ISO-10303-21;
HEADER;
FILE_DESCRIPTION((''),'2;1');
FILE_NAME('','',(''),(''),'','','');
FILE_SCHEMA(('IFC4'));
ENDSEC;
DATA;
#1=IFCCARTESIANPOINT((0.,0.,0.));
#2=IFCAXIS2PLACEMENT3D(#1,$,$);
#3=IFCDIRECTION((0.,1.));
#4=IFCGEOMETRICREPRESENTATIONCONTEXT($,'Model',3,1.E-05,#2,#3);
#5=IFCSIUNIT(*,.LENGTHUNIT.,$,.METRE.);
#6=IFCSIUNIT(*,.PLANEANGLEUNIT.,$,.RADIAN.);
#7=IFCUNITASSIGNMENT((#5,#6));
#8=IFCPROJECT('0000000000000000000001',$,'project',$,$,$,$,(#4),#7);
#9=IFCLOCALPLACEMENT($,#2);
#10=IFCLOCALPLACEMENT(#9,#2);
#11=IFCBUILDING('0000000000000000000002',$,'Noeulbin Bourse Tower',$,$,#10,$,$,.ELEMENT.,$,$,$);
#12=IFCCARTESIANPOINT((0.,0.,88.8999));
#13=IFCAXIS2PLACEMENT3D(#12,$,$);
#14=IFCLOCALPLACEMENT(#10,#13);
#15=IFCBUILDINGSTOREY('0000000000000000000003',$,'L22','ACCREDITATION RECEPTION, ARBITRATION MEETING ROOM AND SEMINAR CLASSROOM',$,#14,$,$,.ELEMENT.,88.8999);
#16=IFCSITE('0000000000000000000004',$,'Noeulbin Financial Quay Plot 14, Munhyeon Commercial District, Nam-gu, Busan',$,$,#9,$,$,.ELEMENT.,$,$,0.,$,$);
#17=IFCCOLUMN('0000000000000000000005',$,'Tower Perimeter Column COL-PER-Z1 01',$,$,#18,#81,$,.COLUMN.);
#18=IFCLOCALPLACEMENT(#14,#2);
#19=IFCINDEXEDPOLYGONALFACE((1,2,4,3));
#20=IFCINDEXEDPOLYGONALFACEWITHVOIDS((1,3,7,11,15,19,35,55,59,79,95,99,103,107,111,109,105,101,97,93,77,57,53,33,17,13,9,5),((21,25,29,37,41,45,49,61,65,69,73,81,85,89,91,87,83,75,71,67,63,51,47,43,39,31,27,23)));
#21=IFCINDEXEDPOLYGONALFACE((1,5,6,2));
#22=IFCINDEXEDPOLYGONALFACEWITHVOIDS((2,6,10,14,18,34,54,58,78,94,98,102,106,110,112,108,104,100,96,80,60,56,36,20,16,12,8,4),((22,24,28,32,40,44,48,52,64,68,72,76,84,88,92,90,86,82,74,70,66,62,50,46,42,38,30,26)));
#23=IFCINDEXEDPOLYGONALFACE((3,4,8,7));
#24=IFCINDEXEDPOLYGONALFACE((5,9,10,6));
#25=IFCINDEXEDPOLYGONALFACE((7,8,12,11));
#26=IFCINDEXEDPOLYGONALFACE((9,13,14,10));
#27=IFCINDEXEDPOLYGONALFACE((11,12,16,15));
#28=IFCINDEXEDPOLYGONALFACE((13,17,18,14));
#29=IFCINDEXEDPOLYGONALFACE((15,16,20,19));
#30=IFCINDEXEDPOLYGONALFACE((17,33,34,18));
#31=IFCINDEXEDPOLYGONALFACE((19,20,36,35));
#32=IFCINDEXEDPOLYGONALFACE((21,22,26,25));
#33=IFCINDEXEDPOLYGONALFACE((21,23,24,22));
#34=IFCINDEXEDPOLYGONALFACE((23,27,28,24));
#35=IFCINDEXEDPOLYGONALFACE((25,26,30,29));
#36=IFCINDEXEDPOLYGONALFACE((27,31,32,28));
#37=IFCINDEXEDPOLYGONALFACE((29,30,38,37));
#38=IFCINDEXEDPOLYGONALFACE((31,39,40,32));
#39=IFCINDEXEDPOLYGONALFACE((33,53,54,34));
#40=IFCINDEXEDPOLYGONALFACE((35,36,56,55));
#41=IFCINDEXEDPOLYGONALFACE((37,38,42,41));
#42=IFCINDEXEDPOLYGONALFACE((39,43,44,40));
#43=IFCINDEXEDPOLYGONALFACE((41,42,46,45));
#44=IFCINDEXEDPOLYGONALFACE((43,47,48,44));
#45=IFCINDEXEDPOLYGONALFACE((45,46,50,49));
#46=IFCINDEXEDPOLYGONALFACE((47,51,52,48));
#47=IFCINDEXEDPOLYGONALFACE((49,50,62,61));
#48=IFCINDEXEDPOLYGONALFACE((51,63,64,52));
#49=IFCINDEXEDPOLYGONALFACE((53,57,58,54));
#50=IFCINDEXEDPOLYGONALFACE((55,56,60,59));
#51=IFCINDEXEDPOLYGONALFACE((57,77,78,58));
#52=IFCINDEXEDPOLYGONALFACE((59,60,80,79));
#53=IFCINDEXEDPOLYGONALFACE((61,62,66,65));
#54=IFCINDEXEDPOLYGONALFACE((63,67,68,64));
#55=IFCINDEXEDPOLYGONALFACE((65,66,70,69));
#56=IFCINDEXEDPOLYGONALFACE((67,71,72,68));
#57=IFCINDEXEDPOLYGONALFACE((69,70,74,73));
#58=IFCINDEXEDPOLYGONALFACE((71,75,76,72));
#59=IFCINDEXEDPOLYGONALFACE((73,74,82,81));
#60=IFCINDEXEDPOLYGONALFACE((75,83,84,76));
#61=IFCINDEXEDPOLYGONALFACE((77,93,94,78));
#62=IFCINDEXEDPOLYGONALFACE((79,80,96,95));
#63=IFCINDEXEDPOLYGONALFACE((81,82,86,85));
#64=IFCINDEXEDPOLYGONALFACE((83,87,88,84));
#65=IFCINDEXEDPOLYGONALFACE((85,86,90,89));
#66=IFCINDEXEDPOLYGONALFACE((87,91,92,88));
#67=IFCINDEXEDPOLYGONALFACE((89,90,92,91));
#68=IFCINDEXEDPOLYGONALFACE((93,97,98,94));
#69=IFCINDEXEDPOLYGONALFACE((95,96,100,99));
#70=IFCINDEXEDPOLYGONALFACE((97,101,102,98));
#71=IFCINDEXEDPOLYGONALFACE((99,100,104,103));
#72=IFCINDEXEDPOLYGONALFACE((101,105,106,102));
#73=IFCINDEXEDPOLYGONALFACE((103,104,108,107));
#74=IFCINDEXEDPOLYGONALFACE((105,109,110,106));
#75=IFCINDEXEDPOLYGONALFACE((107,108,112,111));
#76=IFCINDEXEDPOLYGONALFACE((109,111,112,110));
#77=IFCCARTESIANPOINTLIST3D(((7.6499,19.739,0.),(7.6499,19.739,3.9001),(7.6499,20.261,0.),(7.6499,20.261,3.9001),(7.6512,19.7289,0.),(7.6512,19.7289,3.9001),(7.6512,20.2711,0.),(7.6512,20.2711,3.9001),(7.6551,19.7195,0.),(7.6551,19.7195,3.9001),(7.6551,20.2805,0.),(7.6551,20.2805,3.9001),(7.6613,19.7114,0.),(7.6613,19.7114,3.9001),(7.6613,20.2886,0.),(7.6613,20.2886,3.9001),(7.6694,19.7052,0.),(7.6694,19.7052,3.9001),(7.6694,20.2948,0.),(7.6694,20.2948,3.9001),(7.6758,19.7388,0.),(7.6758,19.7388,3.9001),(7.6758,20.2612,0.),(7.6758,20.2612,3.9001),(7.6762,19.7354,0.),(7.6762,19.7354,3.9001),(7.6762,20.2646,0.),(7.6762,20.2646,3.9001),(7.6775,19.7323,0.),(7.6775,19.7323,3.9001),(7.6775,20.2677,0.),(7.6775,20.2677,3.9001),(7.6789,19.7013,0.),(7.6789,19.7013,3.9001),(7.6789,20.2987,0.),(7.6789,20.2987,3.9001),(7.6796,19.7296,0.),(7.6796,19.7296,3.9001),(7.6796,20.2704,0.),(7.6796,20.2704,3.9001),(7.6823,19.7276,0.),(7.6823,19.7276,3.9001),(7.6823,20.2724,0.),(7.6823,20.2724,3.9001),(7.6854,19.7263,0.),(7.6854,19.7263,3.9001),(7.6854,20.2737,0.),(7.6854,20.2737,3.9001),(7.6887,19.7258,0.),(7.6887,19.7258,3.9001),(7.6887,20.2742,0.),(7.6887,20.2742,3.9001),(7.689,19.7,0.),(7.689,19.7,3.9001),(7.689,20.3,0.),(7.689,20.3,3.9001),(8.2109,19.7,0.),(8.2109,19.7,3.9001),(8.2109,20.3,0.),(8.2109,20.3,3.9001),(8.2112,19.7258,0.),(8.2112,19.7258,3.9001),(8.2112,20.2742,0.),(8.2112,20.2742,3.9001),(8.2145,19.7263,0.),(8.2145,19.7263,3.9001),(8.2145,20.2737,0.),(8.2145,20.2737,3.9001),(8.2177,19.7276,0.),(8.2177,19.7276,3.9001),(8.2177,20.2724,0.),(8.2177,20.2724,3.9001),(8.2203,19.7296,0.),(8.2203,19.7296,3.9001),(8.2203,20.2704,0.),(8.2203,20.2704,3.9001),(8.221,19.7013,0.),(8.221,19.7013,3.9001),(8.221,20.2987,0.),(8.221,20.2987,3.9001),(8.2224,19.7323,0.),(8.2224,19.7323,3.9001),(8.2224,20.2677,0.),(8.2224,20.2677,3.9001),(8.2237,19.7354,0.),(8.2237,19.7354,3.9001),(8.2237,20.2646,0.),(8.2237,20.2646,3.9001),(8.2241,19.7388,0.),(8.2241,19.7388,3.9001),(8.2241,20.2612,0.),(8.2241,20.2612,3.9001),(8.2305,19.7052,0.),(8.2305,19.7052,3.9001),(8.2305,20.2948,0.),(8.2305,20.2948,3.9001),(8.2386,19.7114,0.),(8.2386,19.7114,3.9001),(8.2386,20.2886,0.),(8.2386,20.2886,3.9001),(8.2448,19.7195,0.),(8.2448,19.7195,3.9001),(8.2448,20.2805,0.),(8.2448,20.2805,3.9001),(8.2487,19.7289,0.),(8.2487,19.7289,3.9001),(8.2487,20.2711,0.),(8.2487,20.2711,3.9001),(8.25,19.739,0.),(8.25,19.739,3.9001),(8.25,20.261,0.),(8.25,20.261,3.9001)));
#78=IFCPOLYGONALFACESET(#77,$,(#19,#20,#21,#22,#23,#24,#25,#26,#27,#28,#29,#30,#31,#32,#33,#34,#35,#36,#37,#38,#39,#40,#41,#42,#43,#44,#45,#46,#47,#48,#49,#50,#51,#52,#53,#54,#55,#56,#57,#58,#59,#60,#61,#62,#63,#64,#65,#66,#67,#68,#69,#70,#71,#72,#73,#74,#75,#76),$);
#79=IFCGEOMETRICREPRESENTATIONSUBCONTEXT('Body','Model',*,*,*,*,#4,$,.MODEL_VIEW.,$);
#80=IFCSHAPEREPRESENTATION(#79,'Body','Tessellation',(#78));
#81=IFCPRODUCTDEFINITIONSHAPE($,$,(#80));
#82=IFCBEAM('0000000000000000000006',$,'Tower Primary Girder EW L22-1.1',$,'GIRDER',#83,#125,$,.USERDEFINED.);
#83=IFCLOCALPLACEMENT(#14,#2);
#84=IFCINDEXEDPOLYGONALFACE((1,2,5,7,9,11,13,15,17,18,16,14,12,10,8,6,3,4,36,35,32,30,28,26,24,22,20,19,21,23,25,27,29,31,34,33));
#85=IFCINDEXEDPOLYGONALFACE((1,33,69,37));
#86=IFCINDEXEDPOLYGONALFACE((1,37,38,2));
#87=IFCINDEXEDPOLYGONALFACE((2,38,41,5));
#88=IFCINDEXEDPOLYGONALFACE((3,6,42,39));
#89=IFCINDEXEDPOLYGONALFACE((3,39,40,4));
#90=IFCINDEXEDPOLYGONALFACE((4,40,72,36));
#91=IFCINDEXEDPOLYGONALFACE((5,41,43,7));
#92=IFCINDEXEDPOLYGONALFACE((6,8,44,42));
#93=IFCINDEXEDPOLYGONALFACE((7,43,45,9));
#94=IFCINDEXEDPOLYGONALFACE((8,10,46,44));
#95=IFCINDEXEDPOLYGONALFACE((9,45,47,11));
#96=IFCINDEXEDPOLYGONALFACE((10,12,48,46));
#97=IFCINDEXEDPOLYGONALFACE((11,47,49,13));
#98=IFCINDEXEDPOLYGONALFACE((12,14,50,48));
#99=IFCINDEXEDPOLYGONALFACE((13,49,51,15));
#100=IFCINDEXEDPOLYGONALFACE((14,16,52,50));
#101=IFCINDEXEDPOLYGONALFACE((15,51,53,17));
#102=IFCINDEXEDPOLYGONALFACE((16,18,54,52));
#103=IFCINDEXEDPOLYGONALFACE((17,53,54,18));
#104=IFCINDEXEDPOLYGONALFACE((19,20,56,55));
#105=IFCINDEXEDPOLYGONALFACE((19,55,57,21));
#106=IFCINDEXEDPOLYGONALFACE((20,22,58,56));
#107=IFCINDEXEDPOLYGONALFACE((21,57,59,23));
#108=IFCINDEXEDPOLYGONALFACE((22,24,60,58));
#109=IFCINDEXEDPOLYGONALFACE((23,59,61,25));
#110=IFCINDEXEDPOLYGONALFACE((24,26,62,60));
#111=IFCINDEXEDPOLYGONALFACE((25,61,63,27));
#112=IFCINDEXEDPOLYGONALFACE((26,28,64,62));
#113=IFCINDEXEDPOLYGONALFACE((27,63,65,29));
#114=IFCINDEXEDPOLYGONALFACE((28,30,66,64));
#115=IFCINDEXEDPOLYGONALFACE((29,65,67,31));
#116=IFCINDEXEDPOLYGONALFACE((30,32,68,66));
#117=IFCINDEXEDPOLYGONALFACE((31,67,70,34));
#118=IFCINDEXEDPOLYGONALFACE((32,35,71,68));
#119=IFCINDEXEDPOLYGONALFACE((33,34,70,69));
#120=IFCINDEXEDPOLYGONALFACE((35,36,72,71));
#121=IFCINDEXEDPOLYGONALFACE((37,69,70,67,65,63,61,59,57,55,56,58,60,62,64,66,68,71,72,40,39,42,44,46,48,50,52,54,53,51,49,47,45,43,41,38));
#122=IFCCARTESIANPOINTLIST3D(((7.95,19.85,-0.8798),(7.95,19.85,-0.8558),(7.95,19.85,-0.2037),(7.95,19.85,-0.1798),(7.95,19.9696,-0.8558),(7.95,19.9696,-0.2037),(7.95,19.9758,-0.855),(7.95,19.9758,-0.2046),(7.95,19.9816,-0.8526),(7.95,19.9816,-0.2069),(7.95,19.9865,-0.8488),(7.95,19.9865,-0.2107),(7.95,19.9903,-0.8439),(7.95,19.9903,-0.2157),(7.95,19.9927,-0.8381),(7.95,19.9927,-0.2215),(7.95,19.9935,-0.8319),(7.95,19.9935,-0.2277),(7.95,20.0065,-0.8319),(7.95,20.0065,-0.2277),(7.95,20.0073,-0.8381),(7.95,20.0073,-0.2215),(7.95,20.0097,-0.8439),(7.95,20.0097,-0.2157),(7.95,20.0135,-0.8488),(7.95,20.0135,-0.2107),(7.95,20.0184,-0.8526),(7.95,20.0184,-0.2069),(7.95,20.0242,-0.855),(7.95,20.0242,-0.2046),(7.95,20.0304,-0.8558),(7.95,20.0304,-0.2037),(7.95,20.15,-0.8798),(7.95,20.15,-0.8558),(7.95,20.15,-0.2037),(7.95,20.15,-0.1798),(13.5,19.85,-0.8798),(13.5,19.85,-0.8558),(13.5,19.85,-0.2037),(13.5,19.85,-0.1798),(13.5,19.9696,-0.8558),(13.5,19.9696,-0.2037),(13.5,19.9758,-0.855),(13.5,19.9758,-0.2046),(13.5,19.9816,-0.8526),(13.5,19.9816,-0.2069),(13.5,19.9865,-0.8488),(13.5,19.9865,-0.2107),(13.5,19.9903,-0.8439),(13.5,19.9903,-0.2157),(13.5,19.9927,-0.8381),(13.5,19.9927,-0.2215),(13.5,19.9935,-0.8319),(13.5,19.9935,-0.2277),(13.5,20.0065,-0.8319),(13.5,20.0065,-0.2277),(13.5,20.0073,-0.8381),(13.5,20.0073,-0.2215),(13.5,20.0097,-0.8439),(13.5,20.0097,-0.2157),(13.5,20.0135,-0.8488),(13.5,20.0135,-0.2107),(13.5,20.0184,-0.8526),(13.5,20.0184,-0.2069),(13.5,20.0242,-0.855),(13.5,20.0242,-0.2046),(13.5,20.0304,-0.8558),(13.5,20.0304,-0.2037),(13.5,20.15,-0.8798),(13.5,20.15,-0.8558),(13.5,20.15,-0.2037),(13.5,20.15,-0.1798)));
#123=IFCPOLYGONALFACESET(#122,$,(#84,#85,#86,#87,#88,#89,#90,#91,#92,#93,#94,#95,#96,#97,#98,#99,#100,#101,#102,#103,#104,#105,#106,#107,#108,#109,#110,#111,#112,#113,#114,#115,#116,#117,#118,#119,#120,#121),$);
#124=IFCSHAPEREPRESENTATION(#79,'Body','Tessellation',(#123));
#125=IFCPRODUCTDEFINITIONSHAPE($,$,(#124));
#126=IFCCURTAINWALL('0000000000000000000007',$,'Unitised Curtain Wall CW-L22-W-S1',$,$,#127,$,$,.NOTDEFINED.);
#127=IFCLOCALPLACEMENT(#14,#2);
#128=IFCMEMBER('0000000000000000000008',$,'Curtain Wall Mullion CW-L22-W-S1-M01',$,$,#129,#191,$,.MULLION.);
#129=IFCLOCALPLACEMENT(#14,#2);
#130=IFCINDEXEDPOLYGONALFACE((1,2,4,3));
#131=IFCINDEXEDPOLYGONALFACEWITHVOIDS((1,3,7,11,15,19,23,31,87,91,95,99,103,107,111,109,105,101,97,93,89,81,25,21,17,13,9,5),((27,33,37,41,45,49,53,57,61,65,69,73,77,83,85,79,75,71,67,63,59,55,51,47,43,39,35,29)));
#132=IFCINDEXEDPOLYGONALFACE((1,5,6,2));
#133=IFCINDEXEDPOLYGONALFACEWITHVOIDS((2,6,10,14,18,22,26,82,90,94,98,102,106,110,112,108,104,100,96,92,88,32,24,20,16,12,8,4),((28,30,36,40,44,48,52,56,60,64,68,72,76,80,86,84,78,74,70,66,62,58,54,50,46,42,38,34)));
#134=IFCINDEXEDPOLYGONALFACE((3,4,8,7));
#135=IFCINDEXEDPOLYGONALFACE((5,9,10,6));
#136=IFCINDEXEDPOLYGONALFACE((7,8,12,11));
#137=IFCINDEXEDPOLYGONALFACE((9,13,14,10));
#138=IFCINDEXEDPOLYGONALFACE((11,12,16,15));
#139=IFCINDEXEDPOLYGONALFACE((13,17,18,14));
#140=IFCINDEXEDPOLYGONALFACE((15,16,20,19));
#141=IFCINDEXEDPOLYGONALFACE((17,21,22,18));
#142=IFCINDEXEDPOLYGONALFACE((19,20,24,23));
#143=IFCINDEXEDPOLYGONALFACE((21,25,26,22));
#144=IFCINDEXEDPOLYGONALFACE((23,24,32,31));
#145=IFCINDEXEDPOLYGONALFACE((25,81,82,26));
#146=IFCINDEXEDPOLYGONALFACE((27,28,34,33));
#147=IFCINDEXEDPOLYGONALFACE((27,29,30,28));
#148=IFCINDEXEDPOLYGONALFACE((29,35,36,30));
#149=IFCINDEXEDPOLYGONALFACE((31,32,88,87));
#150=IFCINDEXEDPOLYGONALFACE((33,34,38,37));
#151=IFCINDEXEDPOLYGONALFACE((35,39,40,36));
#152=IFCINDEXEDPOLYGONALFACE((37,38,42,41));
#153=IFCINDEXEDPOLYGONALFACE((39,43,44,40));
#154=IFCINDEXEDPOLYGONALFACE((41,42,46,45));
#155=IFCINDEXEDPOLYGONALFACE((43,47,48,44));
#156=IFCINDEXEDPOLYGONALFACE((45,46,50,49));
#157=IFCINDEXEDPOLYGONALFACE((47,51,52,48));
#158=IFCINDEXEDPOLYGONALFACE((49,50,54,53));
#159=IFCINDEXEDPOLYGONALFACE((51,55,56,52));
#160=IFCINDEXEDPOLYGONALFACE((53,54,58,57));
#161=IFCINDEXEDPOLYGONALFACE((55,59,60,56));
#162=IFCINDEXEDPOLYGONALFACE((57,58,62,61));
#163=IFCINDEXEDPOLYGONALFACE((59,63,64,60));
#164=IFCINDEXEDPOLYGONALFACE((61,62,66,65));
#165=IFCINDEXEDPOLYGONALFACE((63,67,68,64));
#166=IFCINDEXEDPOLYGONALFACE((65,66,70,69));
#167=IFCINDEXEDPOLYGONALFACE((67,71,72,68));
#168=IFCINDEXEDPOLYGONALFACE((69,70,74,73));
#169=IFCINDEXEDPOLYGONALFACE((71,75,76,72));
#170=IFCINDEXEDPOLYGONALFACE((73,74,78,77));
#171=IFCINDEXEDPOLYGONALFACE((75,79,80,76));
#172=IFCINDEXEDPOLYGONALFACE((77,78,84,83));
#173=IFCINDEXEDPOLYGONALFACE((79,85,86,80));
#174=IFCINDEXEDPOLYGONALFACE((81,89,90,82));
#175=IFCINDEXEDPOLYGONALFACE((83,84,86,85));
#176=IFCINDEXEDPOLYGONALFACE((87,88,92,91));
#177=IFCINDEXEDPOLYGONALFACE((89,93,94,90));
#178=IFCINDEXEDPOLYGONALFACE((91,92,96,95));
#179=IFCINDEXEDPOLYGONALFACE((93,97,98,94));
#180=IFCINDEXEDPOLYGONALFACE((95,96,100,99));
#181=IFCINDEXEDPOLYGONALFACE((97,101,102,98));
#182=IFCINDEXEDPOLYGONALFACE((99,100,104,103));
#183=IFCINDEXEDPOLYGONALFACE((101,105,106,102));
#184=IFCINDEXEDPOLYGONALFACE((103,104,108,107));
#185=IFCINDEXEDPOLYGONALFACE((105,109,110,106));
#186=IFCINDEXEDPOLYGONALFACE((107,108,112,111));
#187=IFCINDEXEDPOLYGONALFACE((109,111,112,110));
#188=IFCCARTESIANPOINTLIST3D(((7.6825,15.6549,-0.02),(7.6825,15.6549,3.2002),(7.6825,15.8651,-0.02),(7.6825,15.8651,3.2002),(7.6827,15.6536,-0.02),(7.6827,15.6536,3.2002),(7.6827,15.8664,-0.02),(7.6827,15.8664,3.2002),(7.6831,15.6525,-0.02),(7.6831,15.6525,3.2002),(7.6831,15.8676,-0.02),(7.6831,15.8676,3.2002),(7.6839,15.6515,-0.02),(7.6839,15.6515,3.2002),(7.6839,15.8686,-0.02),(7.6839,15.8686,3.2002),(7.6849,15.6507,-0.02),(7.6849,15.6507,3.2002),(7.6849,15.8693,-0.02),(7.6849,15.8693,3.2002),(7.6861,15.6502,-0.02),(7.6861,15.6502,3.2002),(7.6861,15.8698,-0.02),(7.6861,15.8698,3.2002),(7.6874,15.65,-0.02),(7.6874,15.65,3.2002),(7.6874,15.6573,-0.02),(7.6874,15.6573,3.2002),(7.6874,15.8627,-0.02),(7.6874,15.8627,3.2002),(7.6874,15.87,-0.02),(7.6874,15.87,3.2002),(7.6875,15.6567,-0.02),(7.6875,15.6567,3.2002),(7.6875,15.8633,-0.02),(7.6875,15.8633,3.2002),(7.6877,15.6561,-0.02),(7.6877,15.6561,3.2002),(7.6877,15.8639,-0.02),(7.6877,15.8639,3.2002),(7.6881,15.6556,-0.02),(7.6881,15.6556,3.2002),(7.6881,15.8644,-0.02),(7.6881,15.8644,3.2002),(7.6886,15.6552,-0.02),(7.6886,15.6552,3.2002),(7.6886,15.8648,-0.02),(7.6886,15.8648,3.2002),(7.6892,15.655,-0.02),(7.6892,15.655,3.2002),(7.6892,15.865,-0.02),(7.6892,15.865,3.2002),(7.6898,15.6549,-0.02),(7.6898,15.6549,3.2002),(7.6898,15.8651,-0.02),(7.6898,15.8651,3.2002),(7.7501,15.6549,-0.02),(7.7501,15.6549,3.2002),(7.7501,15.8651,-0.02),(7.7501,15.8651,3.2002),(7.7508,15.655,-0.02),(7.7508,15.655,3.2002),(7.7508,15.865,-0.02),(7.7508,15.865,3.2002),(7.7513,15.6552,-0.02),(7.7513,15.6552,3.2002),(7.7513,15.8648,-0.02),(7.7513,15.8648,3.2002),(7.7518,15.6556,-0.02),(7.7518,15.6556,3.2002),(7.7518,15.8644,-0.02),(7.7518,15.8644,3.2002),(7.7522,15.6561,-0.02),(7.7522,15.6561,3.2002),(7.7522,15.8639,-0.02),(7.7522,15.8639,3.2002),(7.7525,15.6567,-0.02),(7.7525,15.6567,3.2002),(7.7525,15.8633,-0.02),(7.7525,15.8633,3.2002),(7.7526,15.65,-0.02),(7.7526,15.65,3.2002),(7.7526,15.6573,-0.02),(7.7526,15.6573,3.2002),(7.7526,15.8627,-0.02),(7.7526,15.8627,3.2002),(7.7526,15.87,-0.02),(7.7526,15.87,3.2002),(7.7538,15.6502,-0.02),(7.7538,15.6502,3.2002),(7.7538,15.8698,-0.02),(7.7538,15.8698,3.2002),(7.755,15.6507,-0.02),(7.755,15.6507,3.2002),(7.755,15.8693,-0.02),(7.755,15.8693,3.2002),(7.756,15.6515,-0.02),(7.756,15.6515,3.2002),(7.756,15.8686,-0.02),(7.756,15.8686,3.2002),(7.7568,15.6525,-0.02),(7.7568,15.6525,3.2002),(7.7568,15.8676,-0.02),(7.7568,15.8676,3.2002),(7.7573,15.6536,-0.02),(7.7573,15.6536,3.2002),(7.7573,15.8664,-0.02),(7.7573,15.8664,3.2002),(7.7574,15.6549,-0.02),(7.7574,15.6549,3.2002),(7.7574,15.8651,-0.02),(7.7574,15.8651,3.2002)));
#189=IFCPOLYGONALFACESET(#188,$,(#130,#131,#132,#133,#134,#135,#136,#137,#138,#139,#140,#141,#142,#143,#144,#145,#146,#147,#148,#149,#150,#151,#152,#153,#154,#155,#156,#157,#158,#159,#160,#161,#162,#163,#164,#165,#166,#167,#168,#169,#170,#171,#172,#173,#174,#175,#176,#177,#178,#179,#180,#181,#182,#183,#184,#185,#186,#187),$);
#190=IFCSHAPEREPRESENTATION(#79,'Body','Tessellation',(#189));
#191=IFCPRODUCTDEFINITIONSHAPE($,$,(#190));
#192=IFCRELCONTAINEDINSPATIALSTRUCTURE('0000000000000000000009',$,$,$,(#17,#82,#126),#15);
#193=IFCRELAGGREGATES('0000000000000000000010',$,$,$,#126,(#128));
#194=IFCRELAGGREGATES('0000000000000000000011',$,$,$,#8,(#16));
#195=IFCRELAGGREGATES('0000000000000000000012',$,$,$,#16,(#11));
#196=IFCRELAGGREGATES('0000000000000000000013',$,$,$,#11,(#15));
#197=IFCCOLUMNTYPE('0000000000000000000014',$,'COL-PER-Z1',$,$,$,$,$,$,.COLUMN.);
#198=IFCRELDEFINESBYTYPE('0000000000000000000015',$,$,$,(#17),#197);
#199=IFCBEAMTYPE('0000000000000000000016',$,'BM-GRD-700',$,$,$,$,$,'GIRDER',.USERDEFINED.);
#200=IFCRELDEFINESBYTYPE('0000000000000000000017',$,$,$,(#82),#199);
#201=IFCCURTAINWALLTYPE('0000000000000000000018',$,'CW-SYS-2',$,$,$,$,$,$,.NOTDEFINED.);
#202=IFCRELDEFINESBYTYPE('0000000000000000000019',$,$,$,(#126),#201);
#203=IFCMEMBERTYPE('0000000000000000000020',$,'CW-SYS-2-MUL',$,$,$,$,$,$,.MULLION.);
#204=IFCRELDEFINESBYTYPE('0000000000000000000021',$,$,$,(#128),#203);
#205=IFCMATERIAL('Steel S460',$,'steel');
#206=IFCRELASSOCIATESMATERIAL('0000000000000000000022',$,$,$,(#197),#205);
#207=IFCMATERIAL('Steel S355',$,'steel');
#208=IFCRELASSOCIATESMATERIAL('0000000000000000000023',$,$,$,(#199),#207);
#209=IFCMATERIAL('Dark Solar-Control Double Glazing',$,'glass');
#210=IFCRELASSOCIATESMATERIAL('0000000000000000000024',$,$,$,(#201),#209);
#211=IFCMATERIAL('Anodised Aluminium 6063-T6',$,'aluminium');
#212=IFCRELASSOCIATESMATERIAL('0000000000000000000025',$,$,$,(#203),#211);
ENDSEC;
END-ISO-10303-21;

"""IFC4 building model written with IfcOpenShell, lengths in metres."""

from ifc_helpers import new_model, si_unit, direction, frame, origin, origin_2d, place, context, subcontext, project, spatial, hollow_rectangle, i_section, extrude, material, material_profile, profile_set, type_object, element, aggregate, save


model = new_model("IFC4")

# Units and contexts
model_context = context("Model", 3, precision=1e-05, world=origin(), true_north=direction((0.0, 1.0)))
body_context = subcontext(model_context, "Body", "Model", "MODEL_VIEW")
ifc_project = project(units=[si_unit("LENGTHUNIT", "METRE"), si_unit("PLANEANGLEUNIT", "RADIAN")], contexts=[model_context])

# Site, building, storey
site_placement = place(None, origin())
site = spatial("IfcSite", under=ifc_project, at=site_placement, Name="Noeulbin Financial Quay Plot 14, Munhyeon Commercial District, Nam-gu, Busan", CompositionType="ELEMENT", RefElevation=0.0)
building_placement = place(site_placement, origin())
building = spatial("IfcBuilding", under=site, at=building_placement, Name="Noeulbin Bourse Tower", CompositionType="ELEMENT")
storey_placement = place(building_placement, frame((0.0, 0.0, 88.8999)))
storey = spatial("IfcBuildingStorey", under=building, at=storey_placement, Name="L22", Description="ACCREDITATION RECEPTION, ARBITRATION MEETING ROOM AND SEMINAR CLASSROOM", CompositionType="ELEMENT", Elevation=88.8999)

# Column
ifc_material_1 = material(Name="Steel S460", Category="steel")
ifc_material_profile_1 = material_profile(ifc_material_1, hollow_rectangle(XDim=0.6001, YDim=0.6001, WallThickness=0.0259, InnerFilletRadius=0.0129, OuterFilletRadius=0.0391, at=origin_2d()), Name="BOX-600x600x26", Category="LoadBearing")
ifc_profile_set_1 = profile_set([ifc_material_profile_1], Name="Steel S460")
column_type = type_object("IfcColumnType", Name="COL-PER-Z1", PredefinedType="COLUMN", material=ifc_profile_set_1)
column_placement = place(storey_placement, frame((7.95, 20.0, 0.0), z_axis=(0.0, 0.0, 1.0), x_axis=(1.0, 0.0, 0.0)))
element("IfcColumn", 1, at=column_placement, inside=storey, type_object=column_type, Name="Tower Perimeter Column COL-PER-Z1 01", PredefinedType="COLUMN", context=body_context, shape_type="SweptSolid", body=[
    extrude(hollow_rectangle(XDim=0.6001, YDim=0.6001, WallThickness=0.0259, InnerFilletRadius=0.0129, OuterFilletRadius=0.0391, at=origin_2d()), origin(), (0.0, 0.0, 1.0), 3.9001),
])

# Beam
ifc_material_2 = material(Name="Steel S355", Category="steel")
ifc_material_profile_2 = material_profile(ifc_material_2, i_section(OverallWidth=0.3, OverallDepth=0.7, WebThickness=0.0129, FlangeThickness=0.0239, FilletRadius=0.0239, at=origin_2d()), Name="H-700x300x13x24", Category="LoadBearing")
ifc_profile_set_2 = profile_set([ifc_material_profile_2], Name="Steel S355")
beam_type = type_object("IfcBeamType", Name="BM-GRD-700", ElementType="GIRDER", PredefinedType="USERDEFINED", material=ifc_profile_set_2)
beam_placement = place(storey_placement, frame((7.95, 20.0, -0.5298), z_axis=(1.0, 0.0, 0.0), x_axis=(0.0, 1.0, 0.0)))
element("IfcBeam", 2, at=beam_placement, inside=storey, type_object=beam_type, Name="Tower Primary Girder EW L22-1.1", ObjectType="GIRDER", PredefinedType="USERDEFINED", context=body_context, shape_type="SweptSolid", body=[
    extrude(i_section(OverallWidth=0.3, OverallDepth=0.7, WebThickness=0.0129, FlangeThickness=0.0239, FilletRadius=0.0239, at=origin_2d()), origin(), (0.0, 0.0, 1.0), 5.55),
])

# Curtain wall, member
ifc_material_3 = material(Name="Dark Solar-Control Double Glazing", Category="glass")
curtain_wall_type = type_object("IfcCurtainWallType", Name="CW-SYS-2", PredefinedType="NOTDEFINED", material=ifc_material_3)
curtain_wall_placement = place(storey_placement, origin())
curtain_wall = element("IfcCurtainWall", 3, at=curtain_wall_placement, inside=storey, type_object=curtain_wall_type, Name="Unitised Curtain Wall CW-L22-W-S1", PredefinedType="NOTDEFINED")
ifc_material_4 = material(Name="Anodised Aluminium 6063-T6", Category="aluminium")
ifc_material_profile_3 = material_profile(ifc_material_4, hollow_rectangle(XDim=0.075, YDim=0.22, WallThickness=0.0049, InnerFilletRadius=0.0024, OuterFilletRadius=0.0049, at=origin_2d()), Name="ALU-MULL-75x220x5", Category="LoadBearing")
ifc_profile_set_3 = profile_set([ifc_material_profile_3], Name="Anodised Aluminium 6063-T6")
member_type_1 = type_object("IfcMemberType", Name="CW-SYS-2-MUL", PredefinedType="MULLION", material=ifc_profile_set_3)
member_1_placement = place(storey_placement, frame((7.72, 15.76, -0.02), z_axis=(0.0, 0.0, 1.0), x_axis=(1.0, 0.0, 0.0)))
member_1 = element("IfcMember", 4, at=member_1_placement, type_object=member_type_1, Name="Curtain Wall Mullion CW-L22-W-S1-M01", PredefinedType="MULLION", context=body_context, shape_type="SweptSolid", body=[
    extrude(hollow_rectangle(XDim=0.075, YDim=0.22, WallThickness=0.0049, InnerFilletRadius=0.0024, OuterFilletRadius=0.0049, at=origin_2d()), origin(), (0.0, 0.0, 1.0), 3.2202),
])
aggregate(curtain_wall, [member_1])

save(model, "model.ifc")
